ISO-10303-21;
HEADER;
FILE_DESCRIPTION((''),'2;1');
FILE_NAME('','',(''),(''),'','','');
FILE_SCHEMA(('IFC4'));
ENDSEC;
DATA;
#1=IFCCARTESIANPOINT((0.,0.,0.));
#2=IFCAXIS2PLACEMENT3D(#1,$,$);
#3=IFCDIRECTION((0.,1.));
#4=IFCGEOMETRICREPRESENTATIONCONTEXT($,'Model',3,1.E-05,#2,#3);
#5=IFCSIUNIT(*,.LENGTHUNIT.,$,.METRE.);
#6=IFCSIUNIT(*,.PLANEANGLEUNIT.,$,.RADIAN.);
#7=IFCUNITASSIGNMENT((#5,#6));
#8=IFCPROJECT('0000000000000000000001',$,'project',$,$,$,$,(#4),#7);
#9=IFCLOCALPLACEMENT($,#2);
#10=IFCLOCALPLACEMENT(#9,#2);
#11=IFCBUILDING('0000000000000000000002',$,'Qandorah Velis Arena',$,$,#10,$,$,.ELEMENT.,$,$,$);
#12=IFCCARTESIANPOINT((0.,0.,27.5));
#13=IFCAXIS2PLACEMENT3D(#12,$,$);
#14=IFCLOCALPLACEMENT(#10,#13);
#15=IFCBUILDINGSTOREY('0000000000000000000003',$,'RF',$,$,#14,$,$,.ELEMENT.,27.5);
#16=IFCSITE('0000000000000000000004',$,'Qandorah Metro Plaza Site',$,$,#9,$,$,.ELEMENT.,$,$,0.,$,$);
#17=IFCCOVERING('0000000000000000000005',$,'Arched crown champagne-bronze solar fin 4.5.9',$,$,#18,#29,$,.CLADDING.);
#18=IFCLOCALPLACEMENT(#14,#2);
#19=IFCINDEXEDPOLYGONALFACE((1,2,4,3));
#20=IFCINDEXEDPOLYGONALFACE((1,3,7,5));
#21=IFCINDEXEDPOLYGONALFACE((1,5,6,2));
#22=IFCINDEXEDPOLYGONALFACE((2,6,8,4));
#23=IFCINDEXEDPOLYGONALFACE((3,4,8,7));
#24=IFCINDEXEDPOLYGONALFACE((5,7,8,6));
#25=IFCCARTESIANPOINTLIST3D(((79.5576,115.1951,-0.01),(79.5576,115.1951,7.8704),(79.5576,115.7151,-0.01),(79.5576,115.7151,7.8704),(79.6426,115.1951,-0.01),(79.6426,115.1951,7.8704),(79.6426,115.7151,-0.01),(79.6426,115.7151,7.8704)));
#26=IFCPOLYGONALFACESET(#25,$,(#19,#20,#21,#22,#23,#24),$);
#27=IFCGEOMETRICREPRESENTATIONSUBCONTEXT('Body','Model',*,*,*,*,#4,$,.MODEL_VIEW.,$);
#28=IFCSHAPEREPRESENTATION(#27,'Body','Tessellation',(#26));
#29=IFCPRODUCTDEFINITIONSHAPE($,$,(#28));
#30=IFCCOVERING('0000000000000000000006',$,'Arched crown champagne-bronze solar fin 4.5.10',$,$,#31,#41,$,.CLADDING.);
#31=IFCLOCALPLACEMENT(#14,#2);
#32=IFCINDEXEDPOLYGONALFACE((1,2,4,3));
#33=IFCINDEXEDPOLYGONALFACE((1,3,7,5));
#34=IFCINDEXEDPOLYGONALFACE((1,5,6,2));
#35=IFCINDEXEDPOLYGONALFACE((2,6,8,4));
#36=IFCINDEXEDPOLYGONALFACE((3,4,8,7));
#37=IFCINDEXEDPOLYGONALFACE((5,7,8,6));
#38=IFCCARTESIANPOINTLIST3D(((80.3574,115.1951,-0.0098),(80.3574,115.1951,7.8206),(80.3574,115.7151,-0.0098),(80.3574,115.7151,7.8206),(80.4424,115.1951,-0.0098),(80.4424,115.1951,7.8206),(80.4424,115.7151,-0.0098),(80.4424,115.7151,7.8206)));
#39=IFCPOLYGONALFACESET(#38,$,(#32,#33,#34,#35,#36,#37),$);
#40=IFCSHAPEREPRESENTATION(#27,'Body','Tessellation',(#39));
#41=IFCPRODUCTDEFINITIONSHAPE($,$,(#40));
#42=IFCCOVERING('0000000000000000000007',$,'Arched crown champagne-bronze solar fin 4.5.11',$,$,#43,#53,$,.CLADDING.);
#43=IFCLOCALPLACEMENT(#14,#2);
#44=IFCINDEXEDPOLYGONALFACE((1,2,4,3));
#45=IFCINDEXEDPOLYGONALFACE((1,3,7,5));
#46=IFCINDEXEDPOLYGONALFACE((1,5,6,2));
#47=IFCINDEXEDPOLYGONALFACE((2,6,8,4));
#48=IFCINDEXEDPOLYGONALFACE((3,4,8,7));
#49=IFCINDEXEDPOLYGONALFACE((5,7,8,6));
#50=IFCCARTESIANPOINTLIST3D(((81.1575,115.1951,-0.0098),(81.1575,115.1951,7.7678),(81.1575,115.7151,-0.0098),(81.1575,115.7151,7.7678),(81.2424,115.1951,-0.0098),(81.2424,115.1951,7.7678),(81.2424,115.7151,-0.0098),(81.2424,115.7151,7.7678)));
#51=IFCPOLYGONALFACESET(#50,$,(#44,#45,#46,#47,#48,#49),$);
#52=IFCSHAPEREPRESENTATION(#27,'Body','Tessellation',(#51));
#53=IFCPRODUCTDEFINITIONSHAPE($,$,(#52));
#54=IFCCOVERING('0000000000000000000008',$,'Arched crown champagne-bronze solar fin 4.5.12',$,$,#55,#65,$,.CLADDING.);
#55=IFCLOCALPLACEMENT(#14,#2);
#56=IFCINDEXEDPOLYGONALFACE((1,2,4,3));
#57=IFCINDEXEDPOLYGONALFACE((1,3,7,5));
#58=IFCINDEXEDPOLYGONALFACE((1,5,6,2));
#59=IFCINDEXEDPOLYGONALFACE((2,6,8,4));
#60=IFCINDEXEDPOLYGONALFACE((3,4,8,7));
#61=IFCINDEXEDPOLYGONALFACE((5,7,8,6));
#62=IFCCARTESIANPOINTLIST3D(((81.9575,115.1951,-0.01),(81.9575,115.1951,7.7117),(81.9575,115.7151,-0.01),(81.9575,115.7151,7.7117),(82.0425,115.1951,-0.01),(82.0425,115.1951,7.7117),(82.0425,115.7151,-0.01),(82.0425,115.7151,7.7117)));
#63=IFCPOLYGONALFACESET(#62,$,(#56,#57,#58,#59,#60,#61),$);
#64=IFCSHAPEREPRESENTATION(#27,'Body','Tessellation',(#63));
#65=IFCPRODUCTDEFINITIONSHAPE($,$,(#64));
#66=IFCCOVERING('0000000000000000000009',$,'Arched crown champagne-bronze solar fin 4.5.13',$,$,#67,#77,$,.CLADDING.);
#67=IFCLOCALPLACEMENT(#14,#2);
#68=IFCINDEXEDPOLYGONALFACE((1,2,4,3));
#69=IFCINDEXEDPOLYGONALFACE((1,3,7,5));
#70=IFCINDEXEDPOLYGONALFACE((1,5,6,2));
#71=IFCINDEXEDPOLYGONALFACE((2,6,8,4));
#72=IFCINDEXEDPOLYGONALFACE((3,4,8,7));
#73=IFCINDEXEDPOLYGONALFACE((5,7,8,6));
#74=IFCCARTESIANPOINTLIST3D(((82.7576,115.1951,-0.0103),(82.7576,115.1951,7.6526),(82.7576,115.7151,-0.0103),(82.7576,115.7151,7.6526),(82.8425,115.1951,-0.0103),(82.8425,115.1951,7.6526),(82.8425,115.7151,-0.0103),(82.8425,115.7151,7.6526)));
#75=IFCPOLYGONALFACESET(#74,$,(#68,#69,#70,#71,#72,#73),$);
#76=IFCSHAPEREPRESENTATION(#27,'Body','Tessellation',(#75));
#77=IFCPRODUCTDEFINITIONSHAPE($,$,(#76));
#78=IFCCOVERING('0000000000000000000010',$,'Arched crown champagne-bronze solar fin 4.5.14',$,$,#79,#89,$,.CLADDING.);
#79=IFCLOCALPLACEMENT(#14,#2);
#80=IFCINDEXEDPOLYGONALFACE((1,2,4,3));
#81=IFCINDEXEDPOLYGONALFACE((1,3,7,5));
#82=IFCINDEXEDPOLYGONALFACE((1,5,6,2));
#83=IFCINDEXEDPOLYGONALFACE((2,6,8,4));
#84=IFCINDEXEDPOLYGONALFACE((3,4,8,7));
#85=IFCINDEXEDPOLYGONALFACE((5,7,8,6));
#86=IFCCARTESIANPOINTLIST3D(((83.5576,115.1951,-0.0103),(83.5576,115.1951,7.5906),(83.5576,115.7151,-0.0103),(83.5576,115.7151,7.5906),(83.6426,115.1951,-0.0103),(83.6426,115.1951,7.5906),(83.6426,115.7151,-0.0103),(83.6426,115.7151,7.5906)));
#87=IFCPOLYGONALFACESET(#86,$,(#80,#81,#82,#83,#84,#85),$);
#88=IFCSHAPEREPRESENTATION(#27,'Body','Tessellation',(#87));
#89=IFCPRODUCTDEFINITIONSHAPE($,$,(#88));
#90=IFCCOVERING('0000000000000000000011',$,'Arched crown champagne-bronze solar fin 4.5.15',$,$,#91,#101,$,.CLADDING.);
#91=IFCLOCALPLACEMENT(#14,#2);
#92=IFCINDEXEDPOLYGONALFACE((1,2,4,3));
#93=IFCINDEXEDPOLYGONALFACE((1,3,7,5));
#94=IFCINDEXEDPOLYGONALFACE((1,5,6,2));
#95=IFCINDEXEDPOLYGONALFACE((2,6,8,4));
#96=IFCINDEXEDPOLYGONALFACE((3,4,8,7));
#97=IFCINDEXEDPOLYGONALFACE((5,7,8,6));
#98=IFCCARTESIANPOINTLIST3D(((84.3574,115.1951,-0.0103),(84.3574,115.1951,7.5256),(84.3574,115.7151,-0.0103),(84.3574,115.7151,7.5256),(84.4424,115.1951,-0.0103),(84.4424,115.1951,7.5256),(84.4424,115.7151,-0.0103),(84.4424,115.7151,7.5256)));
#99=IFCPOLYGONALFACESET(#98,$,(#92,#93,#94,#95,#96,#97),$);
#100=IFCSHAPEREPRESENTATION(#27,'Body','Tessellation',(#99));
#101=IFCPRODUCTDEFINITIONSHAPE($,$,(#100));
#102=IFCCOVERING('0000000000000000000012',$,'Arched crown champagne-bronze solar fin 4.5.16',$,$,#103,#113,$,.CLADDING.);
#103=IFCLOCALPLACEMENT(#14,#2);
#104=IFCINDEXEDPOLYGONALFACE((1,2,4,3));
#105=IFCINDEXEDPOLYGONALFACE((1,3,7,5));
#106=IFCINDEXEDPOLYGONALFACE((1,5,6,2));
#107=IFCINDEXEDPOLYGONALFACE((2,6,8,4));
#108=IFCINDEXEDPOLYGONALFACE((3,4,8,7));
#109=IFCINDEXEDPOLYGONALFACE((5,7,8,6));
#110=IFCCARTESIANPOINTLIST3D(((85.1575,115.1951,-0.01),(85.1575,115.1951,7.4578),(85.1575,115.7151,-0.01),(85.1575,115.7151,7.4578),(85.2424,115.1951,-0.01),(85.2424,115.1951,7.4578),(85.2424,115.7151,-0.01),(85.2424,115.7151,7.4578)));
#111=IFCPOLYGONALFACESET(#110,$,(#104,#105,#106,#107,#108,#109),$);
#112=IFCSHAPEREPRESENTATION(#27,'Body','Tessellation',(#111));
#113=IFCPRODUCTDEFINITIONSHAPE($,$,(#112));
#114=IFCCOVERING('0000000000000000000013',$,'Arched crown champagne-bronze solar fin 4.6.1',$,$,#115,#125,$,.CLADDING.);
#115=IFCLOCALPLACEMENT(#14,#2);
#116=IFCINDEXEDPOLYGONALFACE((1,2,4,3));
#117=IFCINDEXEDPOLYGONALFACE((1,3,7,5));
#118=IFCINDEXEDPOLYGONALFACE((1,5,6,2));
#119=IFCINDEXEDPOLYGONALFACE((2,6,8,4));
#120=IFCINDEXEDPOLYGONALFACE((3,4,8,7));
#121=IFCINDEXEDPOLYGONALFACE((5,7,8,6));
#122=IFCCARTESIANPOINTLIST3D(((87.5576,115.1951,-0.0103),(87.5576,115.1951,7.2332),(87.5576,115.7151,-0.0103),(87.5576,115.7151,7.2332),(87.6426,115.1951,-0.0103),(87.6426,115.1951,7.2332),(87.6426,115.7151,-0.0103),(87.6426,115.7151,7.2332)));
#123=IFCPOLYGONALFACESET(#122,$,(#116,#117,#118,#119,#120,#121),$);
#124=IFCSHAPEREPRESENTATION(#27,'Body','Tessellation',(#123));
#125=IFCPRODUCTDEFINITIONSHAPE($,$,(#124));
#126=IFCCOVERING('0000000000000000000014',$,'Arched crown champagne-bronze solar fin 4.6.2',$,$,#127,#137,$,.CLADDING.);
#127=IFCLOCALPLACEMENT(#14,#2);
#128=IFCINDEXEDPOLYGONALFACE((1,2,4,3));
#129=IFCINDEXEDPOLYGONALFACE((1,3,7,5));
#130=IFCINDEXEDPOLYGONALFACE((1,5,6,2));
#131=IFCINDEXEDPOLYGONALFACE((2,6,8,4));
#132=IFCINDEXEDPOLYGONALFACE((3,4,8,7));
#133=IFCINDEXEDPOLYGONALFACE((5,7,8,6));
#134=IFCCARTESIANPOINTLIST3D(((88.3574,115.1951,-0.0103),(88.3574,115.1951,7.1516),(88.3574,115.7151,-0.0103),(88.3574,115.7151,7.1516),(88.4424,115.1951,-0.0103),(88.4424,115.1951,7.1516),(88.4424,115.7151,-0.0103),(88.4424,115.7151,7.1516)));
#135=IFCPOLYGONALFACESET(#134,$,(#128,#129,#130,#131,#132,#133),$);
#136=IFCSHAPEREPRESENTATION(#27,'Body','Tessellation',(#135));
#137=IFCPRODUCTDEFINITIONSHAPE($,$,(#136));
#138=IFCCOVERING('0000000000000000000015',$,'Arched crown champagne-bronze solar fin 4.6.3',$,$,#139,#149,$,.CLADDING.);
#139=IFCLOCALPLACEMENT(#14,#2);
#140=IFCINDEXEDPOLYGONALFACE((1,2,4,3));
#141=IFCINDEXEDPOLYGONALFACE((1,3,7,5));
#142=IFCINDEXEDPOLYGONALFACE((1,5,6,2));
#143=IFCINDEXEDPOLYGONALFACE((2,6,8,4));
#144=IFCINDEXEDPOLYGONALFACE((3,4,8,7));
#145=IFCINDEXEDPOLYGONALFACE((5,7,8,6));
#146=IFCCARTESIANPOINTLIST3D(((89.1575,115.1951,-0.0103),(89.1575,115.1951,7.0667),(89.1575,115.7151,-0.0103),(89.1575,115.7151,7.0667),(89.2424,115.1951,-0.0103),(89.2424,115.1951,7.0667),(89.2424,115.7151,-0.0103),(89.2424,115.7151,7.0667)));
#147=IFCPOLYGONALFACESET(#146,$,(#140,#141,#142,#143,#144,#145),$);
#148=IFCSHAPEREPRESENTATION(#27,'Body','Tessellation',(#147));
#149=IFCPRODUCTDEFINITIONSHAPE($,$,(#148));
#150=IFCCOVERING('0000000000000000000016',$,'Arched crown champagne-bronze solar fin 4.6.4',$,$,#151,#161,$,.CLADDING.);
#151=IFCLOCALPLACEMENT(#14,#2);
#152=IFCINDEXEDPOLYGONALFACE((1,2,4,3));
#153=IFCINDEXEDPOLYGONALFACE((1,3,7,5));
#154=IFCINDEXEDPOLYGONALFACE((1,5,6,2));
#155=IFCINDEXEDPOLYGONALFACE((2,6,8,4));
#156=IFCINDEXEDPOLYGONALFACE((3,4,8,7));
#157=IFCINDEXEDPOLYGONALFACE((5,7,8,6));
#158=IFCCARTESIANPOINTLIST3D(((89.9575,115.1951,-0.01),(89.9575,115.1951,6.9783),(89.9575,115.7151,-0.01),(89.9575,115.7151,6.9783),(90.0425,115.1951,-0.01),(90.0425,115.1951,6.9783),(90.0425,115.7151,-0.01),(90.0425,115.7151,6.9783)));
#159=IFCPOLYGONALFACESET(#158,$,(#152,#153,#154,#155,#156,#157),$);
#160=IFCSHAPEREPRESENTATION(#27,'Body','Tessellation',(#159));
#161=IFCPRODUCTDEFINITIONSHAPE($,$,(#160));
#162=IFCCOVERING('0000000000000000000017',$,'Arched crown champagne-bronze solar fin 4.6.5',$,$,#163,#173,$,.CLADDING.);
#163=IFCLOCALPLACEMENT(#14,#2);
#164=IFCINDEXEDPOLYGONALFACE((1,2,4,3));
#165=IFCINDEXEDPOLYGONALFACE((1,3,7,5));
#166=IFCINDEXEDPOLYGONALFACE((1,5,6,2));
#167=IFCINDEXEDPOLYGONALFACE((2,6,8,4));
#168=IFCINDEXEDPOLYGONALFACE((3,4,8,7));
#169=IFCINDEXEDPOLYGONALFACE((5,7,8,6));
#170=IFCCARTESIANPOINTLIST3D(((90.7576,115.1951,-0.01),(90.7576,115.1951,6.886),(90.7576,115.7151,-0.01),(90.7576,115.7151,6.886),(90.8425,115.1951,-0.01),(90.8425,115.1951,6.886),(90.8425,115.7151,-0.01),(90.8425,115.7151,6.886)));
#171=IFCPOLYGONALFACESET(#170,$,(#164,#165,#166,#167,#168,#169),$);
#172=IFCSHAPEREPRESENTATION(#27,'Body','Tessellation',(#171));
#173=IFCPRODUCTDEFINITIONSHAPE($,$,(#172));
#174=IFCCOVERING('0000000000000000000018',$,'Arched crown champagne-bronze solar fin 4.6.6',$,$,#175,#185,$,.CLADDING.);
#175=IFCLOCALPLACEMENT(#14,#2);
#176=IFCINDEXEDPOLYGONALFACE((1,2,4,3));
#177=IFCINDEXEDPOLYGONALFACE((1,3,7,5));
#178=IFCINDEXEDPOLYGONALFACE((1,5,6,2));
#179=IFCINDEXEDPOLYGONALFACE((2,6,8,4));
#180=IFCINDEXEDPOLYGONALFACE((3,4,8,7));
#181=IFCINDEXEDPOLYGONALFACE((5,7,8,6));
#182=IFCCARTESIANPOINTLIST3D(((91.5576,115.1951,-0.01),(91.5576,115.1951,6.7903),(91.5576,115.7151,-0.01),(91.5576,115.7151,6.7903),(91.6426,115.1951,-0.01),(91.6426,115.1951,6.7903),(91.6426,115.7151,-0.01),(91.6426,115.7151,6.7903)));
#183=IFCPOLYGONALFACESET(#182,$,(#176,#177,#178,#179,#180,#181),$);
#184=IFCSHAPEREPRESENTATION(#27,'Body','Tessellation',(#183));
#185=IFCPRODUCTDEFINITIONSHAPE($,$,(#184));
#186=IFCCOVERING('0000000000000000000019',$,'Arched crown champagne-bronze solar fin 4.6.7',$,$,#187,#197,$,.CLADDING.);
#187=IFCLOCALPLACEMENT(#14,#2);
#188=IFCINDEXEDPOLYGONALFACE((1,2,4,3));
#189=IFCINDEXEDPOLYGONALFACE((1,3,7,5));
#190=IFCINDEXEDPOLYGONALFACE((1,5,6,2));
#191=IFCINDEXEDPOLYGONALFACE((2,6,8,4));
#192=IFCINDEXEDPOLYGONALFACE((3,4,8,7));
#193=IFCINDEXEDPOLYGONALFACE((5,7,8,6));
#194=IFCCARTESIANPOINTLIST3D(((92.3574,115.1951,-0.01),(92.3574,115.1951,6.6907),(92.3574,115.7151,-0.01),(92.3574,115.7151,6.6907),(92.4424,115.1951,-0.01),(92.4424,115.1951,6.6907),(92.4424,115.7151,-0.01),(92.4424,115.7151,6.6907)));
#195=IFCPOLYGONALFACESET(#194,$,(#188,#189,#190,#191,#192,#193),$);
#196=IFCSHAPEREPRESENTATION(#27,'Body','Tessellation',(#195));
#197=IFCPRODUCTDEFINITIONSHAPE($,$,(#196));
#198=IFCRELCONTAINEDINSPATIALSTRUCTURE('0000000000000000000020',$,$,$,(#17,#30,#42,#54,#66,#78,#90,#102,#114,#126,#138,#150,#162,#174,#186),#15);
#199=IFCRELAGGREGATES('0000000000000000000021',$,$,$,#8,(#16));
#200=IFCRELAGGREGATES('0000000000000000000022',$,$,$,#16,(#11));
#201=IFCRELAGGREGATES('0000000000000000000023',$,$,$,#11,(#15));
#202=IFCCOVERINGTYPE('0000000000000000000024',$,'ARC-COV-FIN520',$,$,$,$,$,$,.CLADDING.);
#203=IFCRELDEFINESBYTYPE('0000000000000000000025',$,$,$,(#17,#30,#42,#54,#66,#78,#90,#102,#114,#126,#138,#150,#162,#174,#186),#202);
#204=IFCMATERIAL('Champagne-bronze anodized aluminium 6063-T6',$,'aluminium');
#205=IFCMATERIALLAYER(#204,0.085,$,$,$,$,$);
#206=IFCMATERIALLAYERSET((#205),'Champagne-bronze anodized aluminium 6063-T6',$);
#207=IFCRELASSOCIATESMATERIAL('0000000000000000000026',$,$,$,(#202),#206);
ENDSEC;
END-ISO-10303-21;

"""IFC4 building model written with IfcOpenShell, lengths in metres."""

from ifc_helpers import new_model, si_unit, direction, frame, origin, origin_2d, place, context, subcontext, project, spatial, rectangle, extrude, material, layer, layer_set, type_object, element, save


model = new_model("IFC4")

# Units and contexts
model_context = context("Model", 3, precision=1e-05, world=origin(), true_north=direction((0.0, 1.0)))
body_context = subcontext(model_context, "Body", "Model", "MODEL_VIEW")
ifc_project = project(units=[si_unit("LENGTHUNIT", "METRE"), si_unit("PLANEANGLEUNIT", "RADIAN")], contexts=[model_context])

# Site, building, storey
site_placement = place(None, origin())
site = spatial("IfcSite", under=ifc_project, at=site_placement, Name="Qandorah Metro Plaza Site", CompositionType="ELEMENT", RefElevation=0.0)
building_placement = place(site_placement, origin())
building = spatial("IfcBuilding", under=site, at=building_placement, Name="Qandorah Velis Arena", CompositionType="ELEMENT")
storey_placement = place(building_placement, frame((0.0, 0.0, 27.5)))
storey = spatial("IfcBuildingStorey", under=building, at=storey_placement, Name="RF", CompositionType="ELEMENT", Elevation=27.5)

# Shared definitions
ifc_material_1 = material(Name="Champagne-bronze anodized aluminium 6063-T6", Category="aluminium")

# Coverings
ifc_layer_1 = layer(ifc_material_1, 0.085)
ifc_layer_set_1 = layer_set([ifc_layer_1], Name="Champagne-bronze anodized aluminium 6063-T6")
covering_type = type_object("IfcCoveringType", Name="ARC-COV-FIN520", PredefinedType="CLADDING", material=ifc_layer_set_1)
covering_1_placement = place(storey_placement, frame((79.6001, 115.4551, -0.01), z_axis=(0.0, 0.0, 1.0), x_axis=(1.0, 0.0, 0.0)))
element("IfcCovering", 1, at=covering_1_placement, inside=storey, type_object=covering_type, Name="Arched crown champagne-bronze solar fin 4.5.9", PredefinedType="CLADDING", context=body_context, shape_type="SweptSolid", body=[
    extrude(rectangle(XDim=0.085, YDim=0.52, at=origin_2d()), origin(), (0.0, 0.0, 1.0), 7.8804),
])
covering_2_placement = place(storey_placement, frame((80.3999, 115.4551, -0.0098), z_axis=(0.0, 0.0, 1.0), x_axis=(1.0, 0.0, 0.0)))
element("IfcCovering", 2, at=covering_2_placement, inside=storey, type_object=covering_type, Name="Arched crown champagne-bronze solar fin 4.5.10", PredefinedType="CLADDING", context=body_context, shape_type="SweptSolid", body=[
    extrude(rectangle(XDim=0.085, YDim=0.52, at=origin_2d()), origin(), (0.0, 0.0, 1.0), 7.8303),
])
covering_3_placement = place(storey_placement, frame((81.2, 115.4551, -0.0098), z_axis=(0.0, 0.0, 1.0), x_axis=(1.0, 0.0, 0.0)))
element("IfcCovering", 3, at=covering_3_placement, inside=storey, type_object=covering_type, Name="Arched crown champagne-bronze solar fin 4.5.11", PredefinedType="CLADDING", context=body_context, shape_type="SweptSolid", body=[
    extrude(rectangle(XDim=0.085, YDim=0.52, at=origin_2d()), origin(), (0.0, 0.0, 1.0), 7.7776),
])
covering_4_placement = place(storey_placement, frame((82.0, 115.4551, -0.01), z_axis=(0.0, 0.0, 1.0), x_axis=(1.0, 0.0, 0.0)))
element("IfcCovering", 4, at=covering_4_placement, inside=storey, type_object=covering_type, Name="Arched crown champagne-bronze solar fin 4.5.12", PredefinedType="CLADDING", context=body_context, shape_type="SweptSolid", body=[
    extrude(rectangle(XDim=0.085, YDim=0.52, at=origin_2d()), origin(), (0.0, 0.0, 1.0), 7.7217),
])
covering_5_placement = place(storey_placement, frame((82.8, 115.4551, -0.0103), z_axis=(0.0, 0.0, 1.0), x_axis=(1.0, 0.0, 0.0)))
element("IfcCovering", 5, at=covering_5_placement, inside=storey, type_object=covering_type, Name="Arched crown champagne-bronze solar fin 4.5.13", PredefinedType="CLADDING", context=body_context, shape_type="SweptSolid", body=[
    extrude(rectangle(XDim=0.085, YDim=0.52, at=origin_2d()), origin(), (0.0, 0.0, 1.0), 7.6628),
])
covering_6_placement = place(storey_placement, frame((83.6001, 115.4551, -0.0103), z_axis=(0.0, 0.0, 1.0), x_axis=(1.0, 0.0, 0.0)))
element("IfcCovering", 6, at=covering_6_placement, inside=storey, type_object=covering_type, Name="Arched crown champagne-bronze solar fin 4.5.14", PredefinedType="CLADDING", context=body_context, shape_type="SweptSolid", body=[
    extrude(rectangle(XDim=0.085, YDim=0.52, at=origin_2d()), origin(), (0.0, 0.0, 1.0), 7.6008),
])
covering_7_placement = place(storey_placement, frame((84.3999, 115.4551, -0.0103), z_axis=(0.0, 0.0, 1.0), x_axis=(1.0, 0.0, 0.0)))
element("IfcCovering", 7, at=covering_7_placement, inside=storey, type_object=covering_type, Name="Arched crown champagne-bronze solar fin 4.5.15", PredefinedType="CLADDING", context=body_context, shape_type="SweptSolid", body=[
    extrude(rectangle(XDim=0.085, YDim=0.52, at=origin_2d()), origin(), (0.0, 0.0, 1.0), 7.5359),
])
covering_8_placement = place(storey_placement, frame((85.2, 115.4551, -0.01), z_axis=(0.0, 0.0, 1.0), x_axis=(1.0, 0.0, 0.0)))
element("IfcCovering", 8, at=covering_8_placement, inside=storey, type_object=covering_type, Name="Arched crown champagne-bronze solar fin 4.5.16", PredefinedType="CLADDING", context=body_context, shape_type="SweptSolid", body=[
    extrude(rectangle(XDim=0.085, YDim=0.52, at=origin_2d()), origin(), (0.0, 0.0, 1.0), 7.4678),
])
covering_9_placement = place(storey_placement, frame((87.6001, 115.4551, -0.0103), z_axis=(0.0, 0.0, 1.0), x_axis=(1.0, 0.0, 0.0)))
element("IfcCovering", 9, at=covering_9_placement, inside=storey, type_object=covering_type, Name="Arched crown champagne-bronze solar fin 4.6.1", PredefinedType="CLADDING", context=body_context, shape_type="SweptSolid", body=[
    extrude(rectangle(XDim=0.085, YDim=0.52, at=origin_2d()), origin(), (0.0, 0.0, 1.0), 7.2434),
])
covering_10_placement = place(storey_placement, frame((88.3999, 115.4551, -0.0103), z_axis=(0.0, 0.0, 1.0), x_axis=(1.0, 0.0, 0.0)))
element("IfcCovering", 10, at=covering_10_placement, inside=storey, type_object=covering_type, Name="Arched crown champagne-bronze solar fin 4.6.2", PredefinedType="CLADDING", context=body_context, shape_type="SweptSolid", body=[
    extrude(rectangle(XDim=0.085, YDim=0.52, at=origin_2d()), origin(), (0.0, 0.0, 1.0), 7.1619),
])
covering_11_placement = place(storey_placement, frame((89.2, 115.4551, -0.0103), z_axis=(0.0, 0.0, 1.0), x_axis=(1.0, 0.0, 0.0)))
element("IfcCovering", 11, at=covering_11_placement, inside=storey, type_object=covering_type, Name="Arched crown champagne-bronze solar fin 4.6.3", PredefinedType="CLADDING", context=body_context, shape_type="SweptSolid", body=[
    extrude(rectangle(XDim=0.085, YDim=0.52, at=origin_2d()), origin(), (0.0, 0.0, 1.0), 7.0769),
])
covering_12_placement = place(storey_placement, frame((90.0, 115.4551, -0.01), z_axis=(0.0, 0.0, 1.0), x_axis=(1.0, 0.0, 0.0)))
element("IfcCovering", 12, at=covering_12_placement, inside=storey, type_object=covering_type, Name="Arched crown champagne-bronze solar fin 4.6.4", PredefinedType="CLADDING", context=body_context, shape_type="SweptSolid", body=[
    extrude(rectangle(XDim=0.085, YDim=0.52, at=origin_2d()), origin(), (0.0, 0.0, 1.0), 6.9883),
])
covering_13_placement = place(storey_placement, frame((90.8, 115.4551, -0.01), z_axis=(0.0, 0.0, 1.0), x_axis=(1.0, 0.0, 0.0)))
element("IfcCovering", 13, at=covering_13_placement, inside=storey, type_object=covering_type, Name="Arched crown champagne-bronze solar fin 4.6.5", PredefinedType="CLADDING", context=body_context, shape_type="SweptSolid", body=[
    extrude(rectangle(XDim=0.085, YDim=0.52, at=origin_2d()), origin(), (0.0, 0.0, 1.0), 6.896),
])
covering_14_placement = place(storey_placement, frame((91.6001, 115.4551, -0.01), z_axis=(0.0, 0.0, 1.0), x_axis=(1.0, 0.0, 0.0)))
element("IfcCovering", 14, at=covering_14_placement, inside=storey, type_object=covering_type, Name="Arched crown champagne-bronze solar fin 4.6.6", PredefinedType="CLADDING", context=body_context, shape_type="SweptSolid", body=[
    extrude(rectangle(XDim=0.085, YDim=0.52, at=origin_2d()), origin(), (0.0, 0.0, 1.0), 6.8003),
])
covering_15_placement = place(storey_placement, frame((92.3999, 115.4551, -0.01), z_axis=(0.0, 0.0, 1.0), x_axis=(1.0, 0.0, 0.0)))
element("IfcCovering", 15, at=covering_15_placement, inside=storey, type_object=covering_type, Name="Arched crown champagne-bronze solar fin 4.6.7", PredefinedType="CLADDING", context=body_context, shape_type="SweptSolid", body=[
    extrude(rectangle(XDim=0.085, YDim=0.52, at=origin_2d()), origin(), (0.0, 0.0, 1.0), 6.7007),
])

save(model, "model.ifc")
